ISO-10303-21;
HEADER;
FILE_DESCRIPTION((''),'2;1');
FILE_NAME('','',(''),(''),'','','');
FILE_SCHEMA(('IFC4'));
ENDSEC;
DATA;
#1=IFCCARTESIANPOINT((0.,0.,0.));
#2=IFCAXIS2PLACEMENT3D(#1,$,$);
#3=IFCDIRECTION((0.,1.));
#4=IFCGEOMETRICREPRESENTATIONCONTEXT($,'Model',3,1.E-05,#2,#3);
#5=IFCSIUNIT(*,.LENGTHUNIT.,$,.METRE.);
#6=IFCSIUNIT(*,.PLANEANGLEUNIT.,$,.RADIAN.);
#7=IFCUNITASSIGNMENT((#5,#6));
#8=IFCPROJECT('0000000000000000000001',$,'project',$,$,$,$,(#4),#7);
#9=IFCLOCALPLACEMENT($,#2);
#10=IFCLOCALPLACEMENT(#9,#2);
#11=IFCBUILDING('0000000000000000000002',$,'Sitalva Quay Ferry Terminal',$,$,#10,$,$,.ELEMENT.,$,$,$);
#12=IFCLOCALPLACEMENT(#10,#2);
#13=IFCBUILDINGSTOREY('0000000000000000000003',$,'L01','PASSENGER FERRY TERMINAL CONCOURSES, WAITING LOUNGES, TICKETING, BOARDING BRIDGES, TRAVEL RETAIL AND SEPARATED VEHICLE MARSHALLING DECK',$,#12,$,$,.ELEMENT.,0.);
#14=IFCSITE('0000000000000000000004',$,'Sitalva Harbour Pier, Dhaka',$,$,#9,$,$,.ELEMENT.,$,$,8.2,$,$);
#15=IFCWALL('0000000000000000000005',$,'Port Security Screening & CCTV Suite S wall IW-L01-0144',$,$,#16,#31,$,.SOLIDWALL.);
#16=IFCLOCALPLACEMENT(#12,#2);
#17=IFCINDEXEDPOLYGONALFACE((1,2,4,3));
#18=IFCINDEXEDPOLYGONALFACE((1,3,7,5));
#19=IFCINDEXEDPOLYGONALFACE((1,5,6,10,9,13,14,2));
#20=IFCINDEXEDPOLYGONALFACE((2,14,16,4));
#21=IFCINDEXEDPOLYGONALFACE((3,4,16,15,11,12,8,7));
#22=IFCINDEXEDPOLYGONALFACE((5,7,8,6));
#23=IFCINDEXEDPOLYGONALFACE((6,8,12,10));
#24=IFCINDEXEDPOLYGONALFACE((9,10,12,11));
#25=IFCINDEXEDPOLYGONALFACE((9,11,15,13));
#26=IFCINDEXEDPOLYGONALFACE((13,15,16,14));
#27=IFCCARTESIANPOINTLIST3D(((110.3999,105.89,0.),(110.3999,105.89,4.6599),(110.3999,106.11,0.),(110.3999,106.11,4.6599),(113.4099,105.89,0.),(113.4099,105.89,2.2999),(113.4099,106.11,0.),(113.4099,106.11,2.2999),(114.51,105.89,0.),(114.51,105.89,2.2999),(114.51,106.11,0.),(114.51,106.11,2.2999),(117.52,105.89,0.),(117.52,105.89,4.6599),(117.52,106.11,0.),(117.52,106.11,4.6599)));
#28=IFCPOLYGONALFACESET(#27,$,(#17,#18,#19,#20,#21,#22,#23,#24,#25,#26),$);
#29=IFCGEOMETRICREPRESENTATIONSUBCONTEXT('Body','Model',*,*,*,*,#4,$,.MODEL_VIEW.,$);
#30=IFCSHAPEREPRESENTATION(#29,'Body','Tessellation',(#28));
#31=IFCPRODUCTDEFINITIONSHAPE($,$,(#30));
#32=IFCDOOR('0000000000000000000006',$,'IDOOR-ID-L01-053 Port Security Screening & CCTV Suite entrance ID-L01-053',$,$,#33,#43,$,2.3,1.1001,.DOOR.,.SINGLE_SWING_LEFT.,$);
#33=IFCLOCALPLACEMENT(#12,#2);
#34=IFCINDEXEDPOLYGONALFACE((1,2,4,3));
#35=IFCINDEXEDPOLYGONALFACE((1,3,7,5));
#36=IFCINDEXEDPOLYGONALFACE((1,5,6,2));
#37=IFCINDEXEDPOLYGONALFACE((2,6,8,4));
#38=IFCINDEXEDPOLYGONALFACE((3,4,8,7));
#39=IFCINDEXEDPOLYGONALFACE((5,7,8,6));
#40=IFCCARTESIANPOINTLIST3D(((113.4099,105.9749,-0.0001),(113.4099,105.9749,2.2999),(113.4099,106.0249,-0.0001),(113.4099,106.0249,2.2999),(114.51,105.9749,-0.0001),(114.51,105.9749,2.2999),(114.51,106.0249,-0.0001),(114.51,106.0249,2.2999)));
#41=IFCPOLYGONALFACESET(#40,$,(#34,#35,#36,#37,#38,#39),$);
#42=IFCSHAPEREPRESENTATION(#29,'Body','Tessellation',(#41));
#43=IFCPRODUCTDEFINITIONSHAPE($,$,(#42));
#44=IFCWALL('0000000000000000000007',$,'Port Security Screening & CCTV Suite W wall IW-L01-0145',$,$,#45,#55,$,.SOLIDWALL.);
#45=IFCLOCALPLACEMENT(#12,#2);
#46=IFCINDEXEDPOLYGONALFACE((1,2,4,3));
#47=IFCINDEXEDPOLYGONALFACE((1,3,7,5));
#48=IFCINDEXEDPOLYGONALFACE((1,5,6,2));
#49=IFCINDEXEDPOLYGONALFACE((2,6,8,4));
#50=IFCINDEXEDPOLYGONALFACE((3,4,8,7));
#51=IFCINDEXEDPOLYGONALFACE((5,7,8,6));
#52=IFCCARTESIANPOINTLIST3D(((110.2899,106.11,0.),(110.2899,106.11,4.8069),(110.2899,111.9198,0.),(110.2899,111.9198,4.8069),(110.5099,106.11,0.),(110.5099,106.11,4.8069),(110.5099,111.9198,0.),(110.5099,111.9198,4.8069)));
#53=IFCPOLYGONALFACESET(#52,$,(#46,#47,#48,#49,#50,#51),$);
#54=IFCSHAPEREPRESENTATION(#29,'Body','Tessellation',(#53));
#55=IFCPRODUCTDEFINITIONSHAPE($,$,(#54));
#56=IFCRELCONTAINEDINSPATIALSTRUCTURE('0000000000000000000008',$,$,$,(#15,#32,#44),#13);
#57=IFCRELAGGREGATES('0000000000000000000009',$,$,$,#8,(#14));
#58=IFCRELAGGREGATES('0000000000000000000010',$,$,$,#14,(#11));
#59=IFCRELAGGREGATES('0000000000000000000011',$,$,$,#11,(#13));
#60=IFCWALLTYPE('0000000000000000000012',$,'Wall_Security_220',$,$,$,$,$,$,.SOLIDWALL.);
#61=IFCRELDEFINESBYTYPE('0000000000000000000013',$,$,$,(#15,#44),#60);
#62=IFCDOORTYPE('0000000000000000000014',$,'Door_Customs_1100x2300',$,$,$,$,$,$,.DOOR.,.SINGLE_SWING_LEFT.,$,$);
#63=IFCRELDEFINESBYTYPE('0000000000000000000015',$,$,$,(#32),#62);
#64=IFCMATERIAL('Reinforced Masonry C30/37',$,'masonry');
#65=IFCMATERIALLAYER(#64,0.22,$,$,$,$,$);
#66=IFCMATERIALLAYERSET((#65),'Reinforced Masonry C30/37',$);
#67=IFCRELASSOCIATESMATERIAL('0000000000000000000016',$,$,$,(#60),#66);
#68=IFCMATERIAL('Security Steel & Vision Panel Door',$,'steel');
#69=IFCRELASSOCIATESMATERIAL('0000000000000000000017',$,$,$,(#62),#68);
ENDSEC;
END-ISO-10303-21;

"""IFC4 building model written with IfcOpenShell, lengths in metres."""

from ifc_helpers import new_model, si_unit, direction, frame, frame_2d, origin, place, context, subcontext, project, spatial, rectangle, extrude, material, layer, layer_set, type_object, element, fill, save


model = new_model("IFC4")

# Units and contexts
model_context = context("Model", 3, precision=1e-05, world=origin(), true_north=direction((0.0, 1.0)))
body_context = subcontext(model_context, "Body", "Model", "MODEL_VIEW")
ifc_project = project(units=[si_unit("LENGTHUNIT", "METRE"), si_unit("PLANEANGLEUNIT", "RADIAN")], contexts=[model_context])

# Site, building, storey
site_placement = place(None, origin())
site = spatial("IfcSite", under=ifc_project, at=site_placement, Name="Sitalva Harbour Pier, Dhaka", CompositionType="ELEMENT", RefElevation=8.2)
building_placement = place(site_placement, origin())
building = spatial("IfcBuilding", under=site, at=building_placement, Name="Sitalva Quay Ferry Terminal", CompositionType="ELEMENT")
storey_placement = place(building_placement, origin())
storey = spatial("IfcBuildingStorey", under=building, at=storey_placement, Name="L01", Description="PASSENGER FERRY TERMINAL CONCOURSES, WAITING LOUNGES, TICKETING, BOARDING BRIDGES, TRAVEL RETAIL AND SEPARATED VEHICLE MARSHALLING DECK", CompositionType="ELEMENT", Elevation=0.0)

# Wall, opening, door
ifc_material_1 = material(Name="Reinforced Masonry C30/37", Category="masonry")
ifc_layer_1 = layer(ifc_material_1, 0.22)
ifc_layer_set_1 = layer_set([ifc_layer_1], Name="Reinforced Masonry C30/37")
wall_type_1 = type_object("IfcWallType", Name="Wall_Security_220", PredefinedType="SOLIDWALL", material=ifc_layer_set_1)
wall_1_placement = place(storey_placement, frame((110.3999, 106.0, 0.0), z_axis=(0.0, 0.0, 1.0), x_axis=(1.0, 0.0, 0.0)))
wall_1 = element("IfcWall", 1, at=wall_1_placement, inside=storey, type_object=wall_type_1, Name="Port Security Screening & CCTV Suite S wall IW-L01-0144", PredefinedType="SOLIDWALL", context=body_context, shape_type="SweptSolid", body=[
    extrude(rectangle(XDim=7.1201, YDim=0.22, at=frame_2d((3.5601, 0.0))), origin(), (0.0, 0.0, 1.0), 4.6599),
])
opening_1_placement = place(wall_1_placement, frame((3.01, 0.0, 0.0)))
opening_1 = element("IfcOpeningElement", 2, at=opening_1_placement, cuts=wall_1, PredefinedType="OPENING", context=body_context, shape_type="SweptSolid", body=[
    extrude(rectangle(XDim=1.1001, YDim=2.3, at=frame_2d((0.55, 1.1499))), frame((0.0, 0.1199, 0.0), z_axis=(0.0, -1.0, 0.0), x_axis=(1.0, 0.0, 0.0)), (0.0, 0.0, 1.0), 0.24),
])
ifc_material_2 = material(Name="Security Steel & Vision Panel Door", Category="steel")
door_type_1 = type_object("IfcDoorType", Name="Door_Customs_1100x2300", OperationType="SINGLE_SWING_LEFT", PredefinedType="DOOR", material=ifc_material_2)
door_1_placement = place(opening_1_placement, origin())
door_1 = element("IfcDoor", 3, at=door_1_placement, inside=storey, type_object=door_type_1, Name="IDOOR-ID-L01-053 Port Security Screening & CCTV Suite entrance ID-L01-053", OperationType="SINGLE_SWING_LEFT", OverallHeight=2.3, OverallWidth=1.1001, PredefinedType="DOOR", context=body_context, shape_type="SweptSolid", body=[
    extrude(rectangle(XDim=1.1001, YDim=2.3, at=frame_2d((0.55, 1.1499))), frame((0.0, 0.0249, 0.0), z_axis=(0.0, -1.0, 0.0), x_axis=(1.0, 0.0, 0.0)), (0.0, 0.0, 1.0), 0.05),
])
fill(opening_1, door_1)

# Wall
wall_2_placement = place(storey_placement, frame((110.3999, 106.1101, 0.0), z_axis=(0.0, 0.0, 1.0), x_axis=(0.0, 1.0, 0.0)))
element("IfcWall", 4, at=wall_2_placement, inside=storey, type_object=wall_type_1, Name="Port Security Screening & CCTV Suite W wall IW-L01-0145", PredefinedType="SOLIDWALL", context=body_context, shape_type="SweptSolid", body=[
    extrude(rectangle(XDim=5.8098, YDim=0.22, at=frame_2d((2.9048, 0.0))), origin(), (0.0, 0.0, 1.0), 4.8069),
])

save(model, "model.ifc")
